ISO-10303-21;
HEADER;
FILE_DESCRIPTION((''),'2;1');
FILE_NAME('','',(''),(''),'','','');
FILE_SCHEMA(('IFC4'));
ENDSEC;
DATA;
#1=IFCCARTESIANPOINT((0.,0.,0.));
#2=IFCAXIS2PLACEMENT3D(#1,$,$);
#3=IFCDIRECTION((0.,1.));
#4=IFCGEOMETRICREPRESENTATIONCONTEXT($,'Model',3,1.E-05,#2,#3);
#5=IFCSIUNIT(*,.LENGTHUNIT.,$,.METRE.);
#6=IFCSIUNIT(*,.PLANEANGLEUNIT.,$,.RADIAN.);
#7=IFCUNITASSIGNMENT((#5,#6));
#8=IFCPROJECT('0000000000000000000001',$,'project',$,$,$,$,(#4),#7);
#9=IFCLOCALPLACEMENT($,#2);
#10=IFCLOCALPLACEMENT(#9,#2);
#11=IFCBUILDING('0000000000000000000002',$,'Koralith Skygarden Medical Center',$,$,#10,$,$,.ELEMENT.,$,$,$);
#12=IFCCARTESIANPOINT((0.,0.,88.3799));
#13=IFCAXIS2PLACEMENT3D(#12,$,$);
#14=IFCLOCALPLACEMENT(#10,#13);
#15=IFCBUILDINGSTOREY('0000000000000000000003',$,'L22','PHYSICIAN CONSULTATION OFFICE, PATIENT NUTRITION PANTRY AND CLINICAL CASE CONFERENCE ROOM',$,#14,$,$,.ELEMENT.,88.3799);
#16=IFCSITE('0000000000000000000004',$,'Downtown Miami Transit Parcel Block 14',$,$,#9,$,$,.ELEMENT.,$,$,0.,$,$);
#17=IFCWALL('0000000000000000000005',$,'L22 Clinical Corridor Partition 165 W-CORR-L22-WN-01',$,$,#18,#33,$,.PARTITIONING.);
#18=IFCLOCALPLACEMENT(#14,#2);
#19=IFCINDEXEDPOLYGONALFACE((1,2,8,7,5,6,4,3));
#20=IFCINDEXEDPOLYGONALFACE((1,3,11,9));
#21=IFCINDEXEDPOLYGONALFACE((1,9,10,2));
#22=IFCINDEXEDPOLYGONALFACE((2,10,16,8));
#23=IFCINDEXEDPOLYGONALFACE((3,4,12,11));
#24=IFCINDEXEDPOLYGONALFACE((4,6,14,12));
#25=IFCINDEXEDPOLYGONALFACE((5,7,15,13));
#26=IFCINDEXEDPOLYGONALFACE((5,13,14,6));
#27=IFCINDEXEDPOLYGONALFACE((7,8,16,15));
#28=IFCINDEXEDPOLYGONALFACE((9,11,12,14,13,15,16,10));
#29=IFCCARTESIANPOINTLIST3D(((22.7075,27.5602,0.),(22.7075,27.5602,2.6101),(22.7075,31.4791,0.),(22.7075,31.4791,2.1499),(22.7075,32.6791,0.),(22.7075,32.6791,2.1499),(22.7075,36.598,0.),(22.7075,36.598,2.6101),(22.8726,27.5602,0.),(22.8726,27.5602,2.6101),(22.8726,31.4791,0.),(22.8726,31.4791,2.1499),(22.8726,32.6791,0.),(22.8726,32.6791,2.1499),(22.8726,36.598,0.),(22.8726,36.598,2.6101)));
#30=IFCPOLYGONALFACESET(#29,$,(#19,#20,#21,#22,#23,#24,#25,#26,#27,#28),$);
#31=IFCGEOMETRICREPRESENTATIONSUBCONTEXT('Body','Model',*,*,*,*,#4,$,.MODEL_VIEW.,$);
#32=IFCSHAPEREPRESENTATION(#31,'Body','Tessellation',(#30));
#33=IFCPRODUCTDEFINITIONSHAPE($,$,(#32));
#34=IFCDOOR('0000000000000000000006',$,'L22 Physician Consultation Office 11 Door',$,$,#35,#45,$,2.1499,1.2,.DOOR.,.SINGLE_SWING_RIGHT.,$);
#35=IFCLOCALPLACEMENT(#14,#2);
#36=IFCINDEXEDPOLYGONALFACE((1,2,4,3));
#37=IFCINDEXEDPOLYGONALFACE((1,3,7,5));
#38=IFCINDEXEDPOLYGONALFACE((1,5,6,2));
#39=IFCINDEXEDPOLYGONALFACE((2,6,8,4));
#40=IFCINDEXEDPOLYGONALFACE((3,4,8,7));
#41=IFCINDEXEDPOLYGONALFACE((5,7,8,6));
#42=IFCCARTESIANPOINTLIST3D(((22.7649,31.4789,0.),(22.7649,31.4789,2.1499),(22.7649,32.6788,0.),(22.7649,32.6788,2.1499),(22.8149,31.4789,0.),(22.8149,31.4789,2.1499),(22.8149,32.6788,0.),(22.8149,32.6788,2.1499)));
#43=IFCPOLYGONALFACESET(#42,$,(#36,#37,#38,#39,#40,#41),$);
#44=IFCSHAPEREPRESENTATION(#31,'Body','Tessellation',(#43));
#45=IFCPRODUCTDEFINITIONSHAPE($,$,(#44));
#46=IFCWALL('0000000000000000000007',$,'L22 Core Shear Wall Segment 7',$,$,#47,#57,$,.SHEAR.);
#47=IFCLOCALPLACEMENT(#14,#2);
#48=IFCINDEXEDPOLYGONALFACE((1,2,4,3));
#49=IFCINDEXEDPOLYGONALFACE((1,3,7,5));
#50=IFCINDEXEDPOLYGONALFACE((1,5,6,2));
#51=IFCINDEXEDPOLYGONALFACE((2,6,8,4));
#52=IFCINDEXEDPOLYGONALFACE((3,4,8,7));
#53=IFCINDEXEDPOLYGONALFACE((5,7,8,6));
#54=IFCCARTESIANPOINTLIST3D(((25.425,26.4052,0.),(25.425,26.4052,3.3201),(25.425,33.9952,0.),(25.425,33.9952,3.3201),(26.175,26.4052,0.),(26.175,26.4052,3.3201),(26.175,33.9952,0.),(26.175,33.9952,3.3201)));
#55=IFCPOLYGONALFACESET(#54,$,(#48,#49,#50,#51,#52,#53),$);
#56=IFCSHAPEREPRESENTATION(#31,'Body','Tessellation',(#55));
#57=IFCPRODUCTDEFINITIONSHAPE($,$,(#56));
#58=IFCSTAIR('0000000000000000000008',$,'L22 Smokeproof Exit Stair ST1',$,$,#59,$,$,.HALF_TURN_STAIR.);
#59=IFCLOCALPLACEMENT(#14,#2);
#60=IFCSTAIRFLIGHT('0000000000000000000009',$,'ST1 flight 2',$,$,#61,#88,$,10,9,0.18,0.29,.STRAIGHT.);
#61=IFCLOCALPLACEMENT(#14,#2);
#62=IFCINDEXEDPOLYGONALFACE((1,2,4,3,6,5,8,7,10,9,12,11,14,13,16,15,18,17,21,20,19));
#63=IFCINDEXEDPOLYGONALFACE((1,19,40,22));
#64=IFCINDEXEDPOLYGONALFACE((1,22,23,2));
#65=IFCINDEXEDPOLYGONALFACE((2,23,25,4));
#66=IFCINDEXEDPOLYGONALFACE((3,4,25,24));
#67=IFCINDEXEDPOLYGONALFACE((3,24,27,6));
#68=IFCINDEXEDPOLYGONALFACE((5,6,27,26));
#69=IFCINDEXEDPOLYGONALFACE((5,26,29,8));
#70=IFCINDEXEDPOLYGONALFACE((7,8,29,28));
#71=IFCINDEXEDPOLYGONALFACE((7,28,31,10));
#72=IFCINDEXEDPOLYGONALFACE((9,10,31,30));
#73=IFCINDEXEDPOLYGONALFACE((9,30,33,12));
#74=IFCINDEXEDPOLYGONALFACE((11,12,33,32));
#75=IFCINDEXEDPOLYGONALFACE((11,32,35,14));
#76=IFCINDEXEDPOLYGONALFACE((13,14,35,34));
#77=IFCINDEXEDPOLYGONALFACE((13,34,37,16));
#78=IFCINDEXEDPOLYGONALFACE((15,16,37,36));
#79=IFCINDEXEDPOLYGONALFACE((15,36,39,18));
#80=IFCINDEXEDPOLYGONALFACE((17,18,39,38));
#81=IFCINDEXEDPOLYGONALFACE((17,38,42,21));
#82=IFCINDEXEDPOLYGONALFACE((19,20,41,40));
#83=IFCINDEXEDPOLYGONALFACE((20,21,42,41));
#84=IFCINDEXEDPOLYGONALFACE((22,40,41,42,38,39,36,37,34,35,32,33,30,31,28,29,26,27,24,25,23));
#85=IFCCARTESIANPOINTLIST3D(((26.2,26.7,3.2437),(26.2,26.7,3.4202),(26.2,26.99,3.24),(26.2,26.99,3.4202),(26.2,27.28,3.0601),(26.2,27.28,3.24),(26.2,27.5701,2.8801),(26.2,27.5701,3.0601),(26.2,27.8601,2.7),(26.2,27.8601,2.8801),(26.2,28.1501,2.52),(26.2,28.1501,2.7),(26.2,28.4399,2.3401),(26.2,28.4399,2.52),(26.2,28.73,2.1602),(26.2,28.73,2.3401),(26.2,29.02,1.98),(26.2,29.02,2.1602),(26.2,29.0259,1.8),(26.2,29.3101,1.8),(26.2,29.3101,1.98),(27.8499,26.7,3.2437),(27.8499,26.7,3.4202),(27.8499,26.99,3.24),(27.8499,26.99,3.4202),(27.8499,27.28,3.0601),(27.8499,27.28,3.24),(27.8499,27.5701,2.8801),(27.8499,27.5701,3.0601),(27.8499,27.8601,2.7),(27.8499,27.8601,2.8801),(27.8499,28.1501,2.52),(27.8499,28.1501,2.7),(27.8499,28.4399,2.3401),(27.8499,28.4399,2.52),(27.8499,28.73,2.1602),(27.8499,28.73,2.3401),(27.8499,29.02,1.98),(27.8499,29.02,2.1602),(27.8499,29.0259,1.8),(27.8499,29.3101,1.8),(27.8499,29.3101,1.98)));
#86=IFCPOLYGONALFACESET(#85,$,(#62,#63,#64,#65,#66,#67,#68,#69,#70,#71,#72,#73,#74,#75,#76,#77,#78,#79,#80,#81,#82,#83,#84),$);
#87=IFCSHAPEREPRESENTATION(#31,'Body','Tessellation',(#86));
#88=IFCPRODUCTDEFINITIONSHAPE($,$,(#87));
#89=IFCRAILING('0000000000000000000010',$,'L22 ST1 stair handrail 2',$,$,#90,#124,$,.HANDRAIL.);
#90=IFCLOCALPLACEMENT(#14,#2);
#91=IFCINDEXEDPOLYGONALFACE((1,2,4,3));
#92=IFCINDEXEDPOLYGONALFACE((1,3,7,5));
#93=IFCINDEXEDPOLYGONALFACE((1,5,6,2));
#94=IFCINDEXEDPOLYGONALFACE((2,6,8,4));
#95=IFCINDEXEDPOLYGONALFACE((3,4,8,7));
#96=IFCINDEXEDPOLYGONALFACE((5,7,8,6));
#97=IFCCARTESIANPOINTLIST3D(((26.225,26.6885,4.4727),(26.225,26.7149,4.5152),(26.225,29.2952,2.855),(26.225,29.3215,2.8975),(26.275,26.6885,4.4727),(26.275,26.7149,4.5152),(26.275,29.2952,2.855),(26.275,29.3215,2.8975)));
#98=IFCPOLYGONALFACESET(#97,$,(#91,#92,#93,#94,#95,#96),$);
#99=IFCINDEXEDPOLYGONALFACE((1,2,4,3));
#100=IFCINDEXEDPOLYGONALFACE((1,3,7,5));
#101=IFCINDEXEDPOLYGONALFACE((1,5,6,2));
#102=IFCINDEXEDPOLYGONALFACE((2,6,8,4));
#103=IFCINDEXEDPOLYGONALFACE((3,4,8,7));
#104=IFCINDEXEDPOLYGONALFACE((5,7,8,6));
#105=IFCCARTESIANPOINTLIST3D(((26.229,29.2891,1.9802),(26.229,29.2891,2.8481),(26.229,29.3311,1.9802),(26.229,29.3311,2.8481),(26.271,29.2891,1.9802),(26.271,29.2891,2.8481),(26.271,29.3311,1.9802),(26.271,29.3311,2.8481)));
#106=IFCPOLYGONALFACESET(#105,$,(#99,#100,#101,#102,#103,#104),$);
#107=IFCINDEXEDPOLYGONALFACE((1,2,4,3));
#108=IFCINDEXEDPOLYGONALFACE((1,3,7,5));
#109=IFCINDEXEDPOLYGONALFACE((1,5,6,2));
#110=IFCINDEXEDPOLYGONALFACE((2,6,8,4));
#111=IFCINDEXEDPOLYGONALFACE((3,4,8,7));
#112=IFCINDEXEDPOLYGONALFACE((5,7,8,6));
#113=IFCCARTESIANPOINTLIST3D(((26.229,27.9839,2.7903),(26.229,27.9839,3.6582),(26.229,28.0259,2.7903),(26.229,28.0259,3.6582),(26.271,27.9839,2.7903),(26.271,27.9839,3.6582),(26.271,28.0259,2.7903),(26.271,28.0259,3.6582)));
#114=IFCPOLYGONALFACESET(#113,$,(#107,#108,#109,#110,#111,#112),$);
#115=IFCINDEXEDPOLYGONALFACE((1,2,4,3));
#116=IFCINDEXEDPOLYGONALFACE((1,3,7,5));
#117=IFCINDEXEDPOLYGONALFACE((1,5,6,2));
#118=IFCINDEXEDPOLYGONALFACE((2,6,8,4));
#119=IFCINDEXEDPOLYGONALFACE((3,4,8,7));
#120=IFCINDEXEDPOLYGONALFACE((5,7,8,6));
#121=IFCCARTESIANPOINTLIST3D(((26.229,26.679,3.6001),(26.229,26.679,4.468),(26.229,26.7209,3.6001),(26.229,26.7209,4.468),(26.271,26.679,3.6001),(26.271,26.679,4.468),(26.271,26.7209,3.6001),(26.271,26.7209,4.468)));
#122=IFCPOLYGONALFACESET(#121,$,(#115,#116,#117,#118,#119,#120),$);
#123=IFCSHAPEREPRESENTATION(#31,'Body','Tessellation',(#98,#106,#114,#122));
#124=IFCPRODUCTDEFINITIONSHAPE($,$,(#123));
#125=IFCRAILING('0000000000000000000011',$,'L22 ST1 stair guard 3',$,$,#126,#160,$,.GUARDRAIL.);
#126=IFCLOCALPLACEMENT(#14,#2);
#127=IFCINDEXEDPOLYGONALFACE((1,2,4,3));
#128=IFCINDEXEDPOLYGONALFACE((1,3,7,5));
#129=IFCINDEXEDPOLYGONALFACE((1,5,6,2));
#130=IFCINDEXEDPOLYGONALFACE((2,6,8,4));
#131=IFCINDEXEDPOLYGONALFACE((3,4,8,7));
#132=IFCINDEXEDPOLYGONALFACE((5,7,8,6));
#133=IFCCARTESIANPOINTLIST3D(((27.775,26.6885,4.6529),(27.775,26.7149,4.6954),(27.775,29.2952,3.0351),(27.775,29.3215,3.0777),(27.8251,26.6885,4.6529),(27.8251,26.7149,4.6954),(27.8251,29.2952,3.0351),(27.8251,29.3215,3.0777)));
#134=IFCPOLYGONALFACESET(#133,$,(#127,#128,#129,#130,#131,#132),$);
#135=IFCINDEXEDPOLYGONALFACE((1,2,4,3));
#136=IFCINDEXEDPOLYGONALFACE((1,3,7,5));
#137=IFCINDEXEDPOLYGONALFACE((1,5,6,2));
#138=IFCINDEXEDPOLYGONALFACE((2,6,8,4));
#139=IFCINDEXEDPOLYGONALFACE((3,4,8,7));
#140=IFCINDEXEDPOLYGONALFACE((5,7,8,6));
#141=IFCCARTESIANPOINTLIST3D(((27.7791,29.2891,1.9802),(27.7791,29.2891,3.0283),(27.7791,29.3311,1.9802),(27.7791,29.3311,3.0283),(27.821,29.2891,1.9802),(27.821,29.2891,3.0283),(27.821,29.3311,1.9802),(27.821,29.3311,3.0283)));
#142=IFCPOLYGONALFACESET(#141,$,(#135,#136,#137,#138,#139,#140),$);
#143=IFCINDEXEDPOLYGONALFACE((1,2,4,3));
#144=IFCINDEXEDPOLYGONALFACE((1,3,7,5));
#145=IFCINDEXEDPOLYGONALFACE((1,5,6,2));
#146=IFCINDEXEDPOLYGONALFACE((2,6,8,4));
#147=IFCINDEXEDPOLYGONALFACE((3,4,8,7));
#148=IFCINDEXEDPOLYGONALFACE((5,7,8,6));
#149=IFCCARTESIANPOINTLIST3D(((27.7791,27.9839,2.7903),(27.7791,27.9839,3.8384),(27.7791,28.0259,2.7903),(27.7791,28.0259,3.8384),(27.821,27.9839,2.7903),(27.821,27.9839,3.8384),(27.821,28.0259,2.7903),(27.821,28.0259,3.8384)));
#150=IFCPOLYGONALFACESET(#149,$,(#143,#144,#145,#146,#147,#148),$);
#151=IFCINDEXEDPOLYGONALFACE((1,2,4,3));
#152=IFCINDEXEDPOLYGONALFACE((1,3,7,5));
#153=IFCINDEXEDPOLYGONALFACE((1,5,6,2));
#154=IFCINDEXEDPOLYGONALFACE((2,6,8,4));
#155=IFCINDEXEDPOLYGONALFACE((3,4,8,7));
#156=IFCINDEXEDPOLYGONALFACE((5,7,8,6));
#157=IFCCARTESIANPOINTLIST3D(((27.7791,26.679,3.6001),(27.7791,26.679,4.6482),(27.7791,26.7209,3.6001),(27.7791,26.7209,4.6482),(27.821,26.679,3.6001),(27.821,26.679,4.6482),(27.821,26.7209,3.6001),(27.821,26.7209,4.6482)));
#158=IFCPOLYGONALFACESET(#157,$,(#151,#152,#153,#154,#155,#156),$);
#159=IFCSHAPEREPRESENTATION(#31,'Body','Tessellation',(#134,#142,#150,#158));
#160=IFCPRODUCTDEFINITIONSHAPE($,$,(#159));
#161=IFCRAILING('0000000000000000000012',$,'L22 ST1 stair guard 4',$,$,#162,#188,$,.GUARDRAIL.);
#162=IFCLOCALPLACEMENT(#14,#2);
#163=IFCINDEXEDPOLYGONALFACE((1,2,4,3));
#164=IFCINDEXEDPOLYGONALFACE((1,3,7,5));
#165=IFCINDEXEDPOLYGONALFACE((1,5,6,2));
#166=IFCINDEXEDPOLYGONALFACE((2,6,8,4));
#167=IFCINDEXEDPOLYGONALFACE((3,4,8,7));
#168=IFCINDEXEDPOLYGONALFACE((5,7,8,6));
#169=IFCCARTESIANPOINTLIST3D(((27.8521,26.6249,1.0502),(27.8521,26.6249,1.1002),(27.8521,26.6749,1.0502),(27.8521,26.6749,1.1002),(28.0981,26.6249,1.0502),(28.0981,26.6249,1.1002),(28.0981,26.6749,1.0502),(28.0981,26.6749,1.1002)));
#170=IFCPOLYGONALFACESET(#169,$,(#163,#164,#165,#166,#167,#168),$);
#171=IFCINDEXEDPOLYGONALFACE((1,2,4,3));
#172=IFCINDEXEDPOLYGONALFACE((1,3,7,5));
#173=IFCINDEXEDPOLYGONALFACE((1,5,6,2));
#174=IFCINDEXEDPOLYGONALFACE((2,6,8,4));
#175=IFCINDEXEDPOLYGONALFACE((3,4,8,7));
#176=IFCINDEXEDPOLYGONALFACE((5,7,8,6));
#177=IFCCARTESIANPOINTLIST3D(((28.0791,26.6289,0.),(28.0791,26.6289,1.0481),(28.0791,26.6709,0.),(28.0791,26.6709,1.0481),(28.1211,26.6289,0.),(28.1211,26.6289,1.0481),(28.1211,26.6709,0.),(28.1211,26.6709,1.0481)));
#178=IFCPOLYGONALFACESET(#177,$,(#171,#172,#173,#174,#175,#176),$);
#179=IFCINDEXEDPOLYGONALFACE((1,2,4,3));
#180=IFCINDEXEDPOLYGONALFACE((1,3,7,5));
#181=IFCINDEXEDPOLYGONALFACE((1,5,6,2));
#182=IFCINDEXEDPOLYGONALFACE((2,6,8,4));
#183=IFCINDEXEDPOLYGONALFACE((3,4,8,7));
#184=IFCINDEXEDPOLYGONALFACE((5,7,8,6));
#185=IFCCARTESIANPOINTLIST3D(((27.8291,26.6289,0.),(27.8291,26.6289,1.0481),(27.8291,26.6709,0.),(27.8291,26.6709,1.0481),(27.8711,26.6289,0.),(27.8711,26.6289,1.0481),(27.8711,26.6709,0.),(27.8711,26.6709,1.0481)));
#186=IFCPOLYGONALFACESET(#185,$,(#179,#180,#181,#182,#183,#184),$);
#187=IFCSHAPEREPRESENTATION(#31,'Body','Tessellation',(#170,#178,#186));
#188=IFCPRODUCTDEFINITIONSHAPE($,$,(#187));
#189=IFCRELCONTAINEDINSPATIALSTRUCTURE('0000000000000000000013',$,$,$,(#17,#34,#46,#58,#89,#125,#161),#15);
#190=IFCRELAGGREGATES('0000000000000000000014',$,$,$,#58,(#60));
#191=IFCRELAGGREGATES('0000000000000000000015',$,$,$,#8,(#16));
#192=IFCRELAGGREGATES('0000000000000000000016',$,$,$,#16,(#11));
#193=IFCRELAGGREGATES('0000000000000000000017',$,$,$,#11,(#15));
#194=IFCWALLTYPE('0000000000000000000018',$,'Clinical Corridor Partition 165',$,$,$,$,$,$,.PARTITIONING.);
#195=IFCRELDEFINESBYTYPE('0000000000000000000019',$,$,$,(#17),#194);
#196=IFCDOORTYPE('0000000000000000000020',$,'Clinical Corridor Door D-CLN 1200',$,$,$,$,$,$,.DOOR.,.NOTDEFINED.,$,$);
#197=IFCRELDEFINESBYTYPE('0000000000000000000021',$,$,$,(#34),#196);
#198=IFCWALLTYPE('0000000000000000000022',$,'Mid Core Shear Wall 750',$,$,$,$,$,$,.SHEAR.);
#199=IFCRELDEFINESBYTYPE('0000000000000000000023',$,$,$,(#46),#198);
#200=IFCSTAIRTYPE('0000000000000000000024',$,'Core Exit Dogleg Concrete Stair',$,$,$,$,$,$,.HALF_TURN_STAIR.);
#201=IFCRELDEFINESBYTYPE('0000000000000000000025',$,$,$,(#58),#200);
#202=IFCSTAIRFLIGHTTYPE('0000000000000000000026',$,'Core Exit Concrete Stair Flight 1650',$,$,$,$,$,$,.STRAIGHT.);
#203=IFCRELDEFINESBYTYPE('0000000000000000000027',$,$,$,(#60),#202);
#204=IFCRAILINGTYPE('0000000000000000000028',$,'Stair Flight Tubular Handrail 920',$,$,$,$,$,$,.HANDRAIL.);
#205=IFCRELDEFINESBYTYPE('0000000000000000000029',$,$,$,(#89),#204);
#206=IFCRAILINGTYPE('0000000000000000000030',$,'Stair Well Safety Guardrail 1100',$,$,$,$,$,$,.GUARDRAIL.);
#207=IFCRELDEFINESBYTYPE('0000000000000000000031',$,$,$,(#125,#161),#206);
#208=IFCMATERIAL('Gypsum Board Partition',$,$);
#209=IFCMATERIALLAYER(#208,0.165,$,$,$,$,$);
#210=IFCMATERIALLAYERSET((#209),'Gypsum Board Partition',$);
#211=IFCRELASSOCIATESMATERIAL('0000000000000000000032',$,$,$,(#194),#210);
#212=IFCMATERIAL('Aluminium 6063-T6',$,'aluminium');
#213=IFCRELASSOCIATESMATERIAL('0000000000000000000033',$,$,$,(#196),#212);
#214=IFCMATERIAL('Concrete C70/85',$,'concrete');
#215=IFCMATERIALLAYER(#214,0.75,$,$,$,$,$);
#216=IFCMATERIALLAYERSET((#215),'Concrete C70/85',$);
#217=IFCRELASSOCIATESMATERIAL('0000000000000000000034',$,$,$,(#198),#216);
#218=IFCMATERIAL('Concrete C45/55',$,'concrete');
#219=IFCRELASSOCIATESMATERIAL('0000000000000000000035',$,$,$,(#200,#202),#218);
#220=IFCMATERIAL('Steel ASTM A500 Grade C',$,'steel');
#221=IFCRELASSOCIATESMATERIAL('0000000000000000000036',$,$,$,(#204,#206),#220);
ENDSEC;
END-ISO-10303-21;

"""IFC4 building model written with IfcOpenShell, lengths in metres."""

from ifc_helpers import new_model, si_unit, direction, frame, frame_2d, origin, origin_2d, place, context, subcontext, project, spatial, polyline, rectangle, outline, extrude, material, layer, layer_set, type_object, element, fill, aggregate, save


model = new_model("IFC4")

# Units and contexts
model_context = context("Model", 3, precision=1e-05, world=origin(), true_north=direction((0.0, 1.0)))
body_context = subcontext(model_context, "Body", "Model", "MODEL_VIEW")
ifc_project = project(units=[si_unit("LENGTHUNIT", "METRE"), si_unit("PLANEANGLEUNIT", "RADIAN")], contexts=[model_context])

# Site, building, storey
site_placement = place(None, origin())
site = spatial("IfcSite", under=ifc_project, at=site_placement, Name="Downtown Miami Transit Parcel Block 14", CompositionType="ELEMENT", RefElevation=0.0)
building_placement = place(site_placement, origin())
building = spatial("IfcBuilding", under=site, at=building_placement, Name="Koralith Skygarden Medical Center", CompositionType="ELEMENT")
storey_placement = place(building_placement, frame((0.0, 0.0, 88.3799)))
storey = spatial("IfcBuildingStorey", under=building, at=storey_placement, Name="L22", Description="PHYSICIAN CONSULTATION OFFICE, PATIENT NUTRITION PANTRY AND CLINICAL CASE CONFERENCE ROOM", CompositionType="ELEMENT", Elevation=88.3799)

# Shared definitions
ifc_material_1 = material(Name="Concrete C70/85", Category="concrete")

# Shared definitions
ifc_material_2 = material(Name="Aluminium 6063-T6", Category="aluminium")

# Shared definitions
ifc_material_3 = material(Name="Concrete C45/55", Category="concrete")

# Shared definitions
ifc_material_4 = material(Name="Gypsum Board Partition")
ifc_layer_1 = layer(ifc_material_4, 0.165)
ifc_layer_set_1 = layer_set([ifc_layer_1], Name="Gypsum Board Partition")
wall_type_1 = type_object("IfcWallType", Name="Clinical Corridor Partition 165", PredefinedType="PARTITIONING", material=ifc_layer_set_1)

# Wall, opening, door
wall_1_placement = place(storey_placement, frame((22.79, 27.5601, 0.0), z_axis=(0.0, 0.0, 1.0), x_axis=(0.0, 1.0, 0.0)))
wall_1 = element("IfcWall", 1, at=wall_1_placement, inside=storey, type_object=wall_type_1, Name="L22 Clinical Corridor Partition 165 W-CORR-L22-WN-01", PredefinedType="PARTITIONING", context=body_context, shape_type="SweptSolid", body=[
    extrude(rectangle(XDim=9.0378, YDim=0.165, at=frame_2d((4.519, 0.0))), origin(), (0.0, 0.0, 1.0), 2.6101),
])
opening_placement = place(wall_1_placement, frame((3.9189, 0.0, 0.0)))
opening = element("IfcOpeningElement", 2, at=opening_placement, cuts=wall_1, PredefinedType="OPENING", context=body_context, shape_type="SweptSolid", body=[
    extrude(rectangle(XDim=1.2, YDim=2.1499, at=frame_2d((0.6001, 1.075))), frame((0.0, 0.0925, 0.0), z_axis=(0.0, -1.0, 0.0), x_axis=(1.0, 0.0, 0.0)), (0.0, 0.0, 1.0), 0.1851),
])
door_type = type_object("IfcDoorType", Name="Clinical Corridor Door D-CLN 1200", OperationType="NOTDEFINED", PredefinedType="DOOR", material=ifc_material_2)
door_placement = place(opening_placement, frame((1.2, 0.0, 0.0), z_axis=(0.0, 0.0, 1.0), x_axis=(-1.0, 0.0, 0.0)))
door = element("IfcDoor", 3, at=door_placement, inside=storey, type_object=door_type, Name="L22 Physician Consultation Office 11 Door", OperationType="SINGLE_SWING_RIGHT", OverallHeight=2.1499, OverallWidth=1.2, PredefinedType="DOOR", context=body_context, shape_type="SweptSolid", body=[
    extrude(rectangle(XDim=1.2, YDim=2.1499, at=frame_2d((0.6001, 1.075))), frame((0.0, 0.0249, 0.0), z_axis=(0.0, -1.0, 0.0), x_axis=(1.0, 0.0, 0.0)), (0.0, 0.0, 1.0), 0.05),
])
fill(opening, door)

# Wall
ifc_layer_2 = layer(ifc_material_1, 0.75)
ifc_layer_set_2 = layer_set([ifc_layer_2], Name="Concrete C70/85")
wall_type_2 = type_object("IfcWallType", Name="Mid Core Shear Wall 750", PredefinedType="SHEAR", material=ifc_layer_set_2)
wall_2_placement = place(storey_placement, frame((25.8, 33.9951, 0.0), z_axis=(0.0, 0.0, 1.0), x_axis=(0.0, -1.0, 0.0)))
element("IfcWall", 4, at=wall_2_placement, inside=storey, type_object=wall_type_2, Name="L22 Core Shear Wall Segment 7", PredefinedType="SHEAR", context=body_context, shape_type="SweptSolid", body=[
    extrude(rectangle(XDim=7.5901, YDim=0.75, at=frame_2d((3.7949, 0.0))), origin(), (0.0, 0.0, 1.0), 3.3201),
])

# Stair, stair flight
stair_type = type_object("IfcStairType", Name="Core Exit Dogleg Concrete Stair", PredefinedType="HALF_TURN_STAIR", material=ifc_material_3)
stair_placement = place(storey_placement, origin())
stair = element("IfcStair", 5, at=stair_placement, inside=storey, type_object=stair_type, Name="L22 Smokeproof Exit Stair ST1", PredefinedType="HALF_TURN_STAIR")
stair_flight_type = type_object("IfcStairFlightType", Name="Core Exit Concrete Stair Flight 1650", PredefinedType="STRAIGHT", material=ifc_material_3)
stair_flight_placement = place(storey_placement, frame((27.0249, 29.3101, 1.8), z_axis=(0.0, 0.0, 1.0), x_axis=(0.0, -1.0, 0.0)))
stair_flight = element("IfcStairFlight", 6, at=stair_flight_placement, type_object=stair_flight_type, Name="ST1 flight 2", NumberOfRisers=10, NumberOfTreads=9, PredefinedType="STRAIGHT", RiserHeight=0.18, TreadLength=0.29, context=body_context, shape_type="SweptSolid", body=[
    extrude(outline(polyline([(0.0, 0.0), (0.0, 0.1799), (0.29, 0.1799), (0.29, 0.3601), (0.5801, 0.3601), (0.5801, 0.54), (0.8701, 0.54), (0.8701, 0.72), (1.1599, 0.72), (1.1599, 0.8999), (1.45, 0.8999), (1.45, 1.0801), (1.74, 1.0801), (1.74, 1.26), (2.03, 1.26), (2.03, 1.4399), (2.3201, 1.4399), (2.3201, 1.6201), (2.6101, 1.6201), (2.6101, 1.8), (2.6101, 1.4436), (0.2842, 0.0), (0.0, 0.0)])), frame((0.0, 0.825, 0.0), z_axis=(0.0, -1.0, 0.0), x_axis=(1.0, 0.0, 0.0)), (0.0, 0.0, 1.0), 1.6499),
])
aggregate(stair, [stair_flight])

# Railings
ifc_material_5 = material(Name="Steel ASTM A500 Grade C", Category="steel")
railing_type_1 = type_object("IfcRailingType", Name="Stair Flight Tubular Handrail 920", PredefinedType="HANDRAIL", material=ifc_material_5)
railing_1_placement = place(storey_placement, frame((26.25, 29.3101, 1.9802)))
element("IfcRailing", 7, at=railing_1_placement, inside=storey, type_object=railing_type_1, Name="L22 ST1 stair handrail 2", PredefinedType="HANDRAIL", context=body_context, shape_type="SweptSolid", body=[
    extrude(rectangle(XDim=0.05, YDim=0.05, at=origin_2d()), frame((0.0, -0.0017, 0.896), z_axis=(0.0, -0.849668, 0.527317), x_axis=(1.0, 0.0, 0.0)), (0.0, 0.0, 1.0), 3.0679),
    extrude(rectangle(XDim=0.042, YDim=0.042, at=origin_2d()), origin(), (0.0, 0.0, 1.0), 0.8679),
    extrude(rectangle(XDim=0.042, YDim=0.042, at=origin_2d()), frame((0.0, -1.3052, 0.8101)), (0.0, 0.0, 1.0), 0.8679),
    extrude(rectangle(XDim=0.042, YDim=0.042, at=origin_2d()), frame((0.0, -2.6101, 1.6199)), (0.0, 0.0, 1.0), 0.8679),
])
railing_type_2 = type_object("IfcRailingType", Name="Stair Well Safety Guardrail 1100", PredefinedType="GUARDRAIL", material=ifc_material_5)
railing_2_placement = place(storey_placement, frame((27.8, 29.3101, 1.9802)))
element("IfcRailing", 8, at=railing_2_placement, inside=storey, type_object=railing_type_2, Name="L22 ST1 stair guard 3", PredefinedType="GUARDRAIL", context=body_context, shape_type="SweptSolid", body=[
    extrude(rectangle(XDim=0.05, YDim=0.05, at=origin_2d()), frame((0.0, -0.0017, 1.0762), z_axis=(0.0, -0.849668, 0.527317), x_axis=(1.0, 0.0, 0.0)), (0.0, 0.0, 1.0), 3.0679),
    extrude(rectangle(XDim=0.042, YDim=0.042, at=origin_2d()), origin(), (0.0, 0.0, 1.0), 1.0481),
    extrude(rectangle(XDim=0.042, YDim=0.042, at=origin_2d()), frame((0.0, -1.3052, 0.8101)), (0.0, 0.0, 1.0), 1.0481),
    extrude(rectangle(XDim=0.042, YDim=0.042, at=origin_2d()), frame((0.0, -2.6101, 1.6199)), (0.0, 0.0, 1.0), 1.0481),
])
railing_3_placement = place(storey_placement, frame((28.1001, 26.6499, 0.0)))
element("IfcRailing", 9, at=railing_3_placement, inside=storey, type_object=railing_type_2, Name="L22 ST1 stair guard 4", PredefinedType="GUARDRAIL", context=body_context, shape_type="SweptSolid", body=[
    extrude(rectangle(XDim=0.05, YDim=0.05, at=origin_2d()), frame((-0.002, 0.0, 1.0752), z_axis=(-1.0, 0.0, 0.0), x_axis=(0.0, -1.0, 0.0)), (0.0, 0.0, 1.0), 0.2461),
    extrude(rectangle(XDim=0.042, YDim=0.042, at=origin_2d()), origin(), (0.0, 0.0, 1.0), 1.0481),
    extrude(rectangle(XDim=0.042, YDim=0.042, at=origin_2d()), frame((-0.25, 0.0, 0.0)), (0.0, 0.0, 1.0), 1.0481),
])

save(model, "model.ifc")
